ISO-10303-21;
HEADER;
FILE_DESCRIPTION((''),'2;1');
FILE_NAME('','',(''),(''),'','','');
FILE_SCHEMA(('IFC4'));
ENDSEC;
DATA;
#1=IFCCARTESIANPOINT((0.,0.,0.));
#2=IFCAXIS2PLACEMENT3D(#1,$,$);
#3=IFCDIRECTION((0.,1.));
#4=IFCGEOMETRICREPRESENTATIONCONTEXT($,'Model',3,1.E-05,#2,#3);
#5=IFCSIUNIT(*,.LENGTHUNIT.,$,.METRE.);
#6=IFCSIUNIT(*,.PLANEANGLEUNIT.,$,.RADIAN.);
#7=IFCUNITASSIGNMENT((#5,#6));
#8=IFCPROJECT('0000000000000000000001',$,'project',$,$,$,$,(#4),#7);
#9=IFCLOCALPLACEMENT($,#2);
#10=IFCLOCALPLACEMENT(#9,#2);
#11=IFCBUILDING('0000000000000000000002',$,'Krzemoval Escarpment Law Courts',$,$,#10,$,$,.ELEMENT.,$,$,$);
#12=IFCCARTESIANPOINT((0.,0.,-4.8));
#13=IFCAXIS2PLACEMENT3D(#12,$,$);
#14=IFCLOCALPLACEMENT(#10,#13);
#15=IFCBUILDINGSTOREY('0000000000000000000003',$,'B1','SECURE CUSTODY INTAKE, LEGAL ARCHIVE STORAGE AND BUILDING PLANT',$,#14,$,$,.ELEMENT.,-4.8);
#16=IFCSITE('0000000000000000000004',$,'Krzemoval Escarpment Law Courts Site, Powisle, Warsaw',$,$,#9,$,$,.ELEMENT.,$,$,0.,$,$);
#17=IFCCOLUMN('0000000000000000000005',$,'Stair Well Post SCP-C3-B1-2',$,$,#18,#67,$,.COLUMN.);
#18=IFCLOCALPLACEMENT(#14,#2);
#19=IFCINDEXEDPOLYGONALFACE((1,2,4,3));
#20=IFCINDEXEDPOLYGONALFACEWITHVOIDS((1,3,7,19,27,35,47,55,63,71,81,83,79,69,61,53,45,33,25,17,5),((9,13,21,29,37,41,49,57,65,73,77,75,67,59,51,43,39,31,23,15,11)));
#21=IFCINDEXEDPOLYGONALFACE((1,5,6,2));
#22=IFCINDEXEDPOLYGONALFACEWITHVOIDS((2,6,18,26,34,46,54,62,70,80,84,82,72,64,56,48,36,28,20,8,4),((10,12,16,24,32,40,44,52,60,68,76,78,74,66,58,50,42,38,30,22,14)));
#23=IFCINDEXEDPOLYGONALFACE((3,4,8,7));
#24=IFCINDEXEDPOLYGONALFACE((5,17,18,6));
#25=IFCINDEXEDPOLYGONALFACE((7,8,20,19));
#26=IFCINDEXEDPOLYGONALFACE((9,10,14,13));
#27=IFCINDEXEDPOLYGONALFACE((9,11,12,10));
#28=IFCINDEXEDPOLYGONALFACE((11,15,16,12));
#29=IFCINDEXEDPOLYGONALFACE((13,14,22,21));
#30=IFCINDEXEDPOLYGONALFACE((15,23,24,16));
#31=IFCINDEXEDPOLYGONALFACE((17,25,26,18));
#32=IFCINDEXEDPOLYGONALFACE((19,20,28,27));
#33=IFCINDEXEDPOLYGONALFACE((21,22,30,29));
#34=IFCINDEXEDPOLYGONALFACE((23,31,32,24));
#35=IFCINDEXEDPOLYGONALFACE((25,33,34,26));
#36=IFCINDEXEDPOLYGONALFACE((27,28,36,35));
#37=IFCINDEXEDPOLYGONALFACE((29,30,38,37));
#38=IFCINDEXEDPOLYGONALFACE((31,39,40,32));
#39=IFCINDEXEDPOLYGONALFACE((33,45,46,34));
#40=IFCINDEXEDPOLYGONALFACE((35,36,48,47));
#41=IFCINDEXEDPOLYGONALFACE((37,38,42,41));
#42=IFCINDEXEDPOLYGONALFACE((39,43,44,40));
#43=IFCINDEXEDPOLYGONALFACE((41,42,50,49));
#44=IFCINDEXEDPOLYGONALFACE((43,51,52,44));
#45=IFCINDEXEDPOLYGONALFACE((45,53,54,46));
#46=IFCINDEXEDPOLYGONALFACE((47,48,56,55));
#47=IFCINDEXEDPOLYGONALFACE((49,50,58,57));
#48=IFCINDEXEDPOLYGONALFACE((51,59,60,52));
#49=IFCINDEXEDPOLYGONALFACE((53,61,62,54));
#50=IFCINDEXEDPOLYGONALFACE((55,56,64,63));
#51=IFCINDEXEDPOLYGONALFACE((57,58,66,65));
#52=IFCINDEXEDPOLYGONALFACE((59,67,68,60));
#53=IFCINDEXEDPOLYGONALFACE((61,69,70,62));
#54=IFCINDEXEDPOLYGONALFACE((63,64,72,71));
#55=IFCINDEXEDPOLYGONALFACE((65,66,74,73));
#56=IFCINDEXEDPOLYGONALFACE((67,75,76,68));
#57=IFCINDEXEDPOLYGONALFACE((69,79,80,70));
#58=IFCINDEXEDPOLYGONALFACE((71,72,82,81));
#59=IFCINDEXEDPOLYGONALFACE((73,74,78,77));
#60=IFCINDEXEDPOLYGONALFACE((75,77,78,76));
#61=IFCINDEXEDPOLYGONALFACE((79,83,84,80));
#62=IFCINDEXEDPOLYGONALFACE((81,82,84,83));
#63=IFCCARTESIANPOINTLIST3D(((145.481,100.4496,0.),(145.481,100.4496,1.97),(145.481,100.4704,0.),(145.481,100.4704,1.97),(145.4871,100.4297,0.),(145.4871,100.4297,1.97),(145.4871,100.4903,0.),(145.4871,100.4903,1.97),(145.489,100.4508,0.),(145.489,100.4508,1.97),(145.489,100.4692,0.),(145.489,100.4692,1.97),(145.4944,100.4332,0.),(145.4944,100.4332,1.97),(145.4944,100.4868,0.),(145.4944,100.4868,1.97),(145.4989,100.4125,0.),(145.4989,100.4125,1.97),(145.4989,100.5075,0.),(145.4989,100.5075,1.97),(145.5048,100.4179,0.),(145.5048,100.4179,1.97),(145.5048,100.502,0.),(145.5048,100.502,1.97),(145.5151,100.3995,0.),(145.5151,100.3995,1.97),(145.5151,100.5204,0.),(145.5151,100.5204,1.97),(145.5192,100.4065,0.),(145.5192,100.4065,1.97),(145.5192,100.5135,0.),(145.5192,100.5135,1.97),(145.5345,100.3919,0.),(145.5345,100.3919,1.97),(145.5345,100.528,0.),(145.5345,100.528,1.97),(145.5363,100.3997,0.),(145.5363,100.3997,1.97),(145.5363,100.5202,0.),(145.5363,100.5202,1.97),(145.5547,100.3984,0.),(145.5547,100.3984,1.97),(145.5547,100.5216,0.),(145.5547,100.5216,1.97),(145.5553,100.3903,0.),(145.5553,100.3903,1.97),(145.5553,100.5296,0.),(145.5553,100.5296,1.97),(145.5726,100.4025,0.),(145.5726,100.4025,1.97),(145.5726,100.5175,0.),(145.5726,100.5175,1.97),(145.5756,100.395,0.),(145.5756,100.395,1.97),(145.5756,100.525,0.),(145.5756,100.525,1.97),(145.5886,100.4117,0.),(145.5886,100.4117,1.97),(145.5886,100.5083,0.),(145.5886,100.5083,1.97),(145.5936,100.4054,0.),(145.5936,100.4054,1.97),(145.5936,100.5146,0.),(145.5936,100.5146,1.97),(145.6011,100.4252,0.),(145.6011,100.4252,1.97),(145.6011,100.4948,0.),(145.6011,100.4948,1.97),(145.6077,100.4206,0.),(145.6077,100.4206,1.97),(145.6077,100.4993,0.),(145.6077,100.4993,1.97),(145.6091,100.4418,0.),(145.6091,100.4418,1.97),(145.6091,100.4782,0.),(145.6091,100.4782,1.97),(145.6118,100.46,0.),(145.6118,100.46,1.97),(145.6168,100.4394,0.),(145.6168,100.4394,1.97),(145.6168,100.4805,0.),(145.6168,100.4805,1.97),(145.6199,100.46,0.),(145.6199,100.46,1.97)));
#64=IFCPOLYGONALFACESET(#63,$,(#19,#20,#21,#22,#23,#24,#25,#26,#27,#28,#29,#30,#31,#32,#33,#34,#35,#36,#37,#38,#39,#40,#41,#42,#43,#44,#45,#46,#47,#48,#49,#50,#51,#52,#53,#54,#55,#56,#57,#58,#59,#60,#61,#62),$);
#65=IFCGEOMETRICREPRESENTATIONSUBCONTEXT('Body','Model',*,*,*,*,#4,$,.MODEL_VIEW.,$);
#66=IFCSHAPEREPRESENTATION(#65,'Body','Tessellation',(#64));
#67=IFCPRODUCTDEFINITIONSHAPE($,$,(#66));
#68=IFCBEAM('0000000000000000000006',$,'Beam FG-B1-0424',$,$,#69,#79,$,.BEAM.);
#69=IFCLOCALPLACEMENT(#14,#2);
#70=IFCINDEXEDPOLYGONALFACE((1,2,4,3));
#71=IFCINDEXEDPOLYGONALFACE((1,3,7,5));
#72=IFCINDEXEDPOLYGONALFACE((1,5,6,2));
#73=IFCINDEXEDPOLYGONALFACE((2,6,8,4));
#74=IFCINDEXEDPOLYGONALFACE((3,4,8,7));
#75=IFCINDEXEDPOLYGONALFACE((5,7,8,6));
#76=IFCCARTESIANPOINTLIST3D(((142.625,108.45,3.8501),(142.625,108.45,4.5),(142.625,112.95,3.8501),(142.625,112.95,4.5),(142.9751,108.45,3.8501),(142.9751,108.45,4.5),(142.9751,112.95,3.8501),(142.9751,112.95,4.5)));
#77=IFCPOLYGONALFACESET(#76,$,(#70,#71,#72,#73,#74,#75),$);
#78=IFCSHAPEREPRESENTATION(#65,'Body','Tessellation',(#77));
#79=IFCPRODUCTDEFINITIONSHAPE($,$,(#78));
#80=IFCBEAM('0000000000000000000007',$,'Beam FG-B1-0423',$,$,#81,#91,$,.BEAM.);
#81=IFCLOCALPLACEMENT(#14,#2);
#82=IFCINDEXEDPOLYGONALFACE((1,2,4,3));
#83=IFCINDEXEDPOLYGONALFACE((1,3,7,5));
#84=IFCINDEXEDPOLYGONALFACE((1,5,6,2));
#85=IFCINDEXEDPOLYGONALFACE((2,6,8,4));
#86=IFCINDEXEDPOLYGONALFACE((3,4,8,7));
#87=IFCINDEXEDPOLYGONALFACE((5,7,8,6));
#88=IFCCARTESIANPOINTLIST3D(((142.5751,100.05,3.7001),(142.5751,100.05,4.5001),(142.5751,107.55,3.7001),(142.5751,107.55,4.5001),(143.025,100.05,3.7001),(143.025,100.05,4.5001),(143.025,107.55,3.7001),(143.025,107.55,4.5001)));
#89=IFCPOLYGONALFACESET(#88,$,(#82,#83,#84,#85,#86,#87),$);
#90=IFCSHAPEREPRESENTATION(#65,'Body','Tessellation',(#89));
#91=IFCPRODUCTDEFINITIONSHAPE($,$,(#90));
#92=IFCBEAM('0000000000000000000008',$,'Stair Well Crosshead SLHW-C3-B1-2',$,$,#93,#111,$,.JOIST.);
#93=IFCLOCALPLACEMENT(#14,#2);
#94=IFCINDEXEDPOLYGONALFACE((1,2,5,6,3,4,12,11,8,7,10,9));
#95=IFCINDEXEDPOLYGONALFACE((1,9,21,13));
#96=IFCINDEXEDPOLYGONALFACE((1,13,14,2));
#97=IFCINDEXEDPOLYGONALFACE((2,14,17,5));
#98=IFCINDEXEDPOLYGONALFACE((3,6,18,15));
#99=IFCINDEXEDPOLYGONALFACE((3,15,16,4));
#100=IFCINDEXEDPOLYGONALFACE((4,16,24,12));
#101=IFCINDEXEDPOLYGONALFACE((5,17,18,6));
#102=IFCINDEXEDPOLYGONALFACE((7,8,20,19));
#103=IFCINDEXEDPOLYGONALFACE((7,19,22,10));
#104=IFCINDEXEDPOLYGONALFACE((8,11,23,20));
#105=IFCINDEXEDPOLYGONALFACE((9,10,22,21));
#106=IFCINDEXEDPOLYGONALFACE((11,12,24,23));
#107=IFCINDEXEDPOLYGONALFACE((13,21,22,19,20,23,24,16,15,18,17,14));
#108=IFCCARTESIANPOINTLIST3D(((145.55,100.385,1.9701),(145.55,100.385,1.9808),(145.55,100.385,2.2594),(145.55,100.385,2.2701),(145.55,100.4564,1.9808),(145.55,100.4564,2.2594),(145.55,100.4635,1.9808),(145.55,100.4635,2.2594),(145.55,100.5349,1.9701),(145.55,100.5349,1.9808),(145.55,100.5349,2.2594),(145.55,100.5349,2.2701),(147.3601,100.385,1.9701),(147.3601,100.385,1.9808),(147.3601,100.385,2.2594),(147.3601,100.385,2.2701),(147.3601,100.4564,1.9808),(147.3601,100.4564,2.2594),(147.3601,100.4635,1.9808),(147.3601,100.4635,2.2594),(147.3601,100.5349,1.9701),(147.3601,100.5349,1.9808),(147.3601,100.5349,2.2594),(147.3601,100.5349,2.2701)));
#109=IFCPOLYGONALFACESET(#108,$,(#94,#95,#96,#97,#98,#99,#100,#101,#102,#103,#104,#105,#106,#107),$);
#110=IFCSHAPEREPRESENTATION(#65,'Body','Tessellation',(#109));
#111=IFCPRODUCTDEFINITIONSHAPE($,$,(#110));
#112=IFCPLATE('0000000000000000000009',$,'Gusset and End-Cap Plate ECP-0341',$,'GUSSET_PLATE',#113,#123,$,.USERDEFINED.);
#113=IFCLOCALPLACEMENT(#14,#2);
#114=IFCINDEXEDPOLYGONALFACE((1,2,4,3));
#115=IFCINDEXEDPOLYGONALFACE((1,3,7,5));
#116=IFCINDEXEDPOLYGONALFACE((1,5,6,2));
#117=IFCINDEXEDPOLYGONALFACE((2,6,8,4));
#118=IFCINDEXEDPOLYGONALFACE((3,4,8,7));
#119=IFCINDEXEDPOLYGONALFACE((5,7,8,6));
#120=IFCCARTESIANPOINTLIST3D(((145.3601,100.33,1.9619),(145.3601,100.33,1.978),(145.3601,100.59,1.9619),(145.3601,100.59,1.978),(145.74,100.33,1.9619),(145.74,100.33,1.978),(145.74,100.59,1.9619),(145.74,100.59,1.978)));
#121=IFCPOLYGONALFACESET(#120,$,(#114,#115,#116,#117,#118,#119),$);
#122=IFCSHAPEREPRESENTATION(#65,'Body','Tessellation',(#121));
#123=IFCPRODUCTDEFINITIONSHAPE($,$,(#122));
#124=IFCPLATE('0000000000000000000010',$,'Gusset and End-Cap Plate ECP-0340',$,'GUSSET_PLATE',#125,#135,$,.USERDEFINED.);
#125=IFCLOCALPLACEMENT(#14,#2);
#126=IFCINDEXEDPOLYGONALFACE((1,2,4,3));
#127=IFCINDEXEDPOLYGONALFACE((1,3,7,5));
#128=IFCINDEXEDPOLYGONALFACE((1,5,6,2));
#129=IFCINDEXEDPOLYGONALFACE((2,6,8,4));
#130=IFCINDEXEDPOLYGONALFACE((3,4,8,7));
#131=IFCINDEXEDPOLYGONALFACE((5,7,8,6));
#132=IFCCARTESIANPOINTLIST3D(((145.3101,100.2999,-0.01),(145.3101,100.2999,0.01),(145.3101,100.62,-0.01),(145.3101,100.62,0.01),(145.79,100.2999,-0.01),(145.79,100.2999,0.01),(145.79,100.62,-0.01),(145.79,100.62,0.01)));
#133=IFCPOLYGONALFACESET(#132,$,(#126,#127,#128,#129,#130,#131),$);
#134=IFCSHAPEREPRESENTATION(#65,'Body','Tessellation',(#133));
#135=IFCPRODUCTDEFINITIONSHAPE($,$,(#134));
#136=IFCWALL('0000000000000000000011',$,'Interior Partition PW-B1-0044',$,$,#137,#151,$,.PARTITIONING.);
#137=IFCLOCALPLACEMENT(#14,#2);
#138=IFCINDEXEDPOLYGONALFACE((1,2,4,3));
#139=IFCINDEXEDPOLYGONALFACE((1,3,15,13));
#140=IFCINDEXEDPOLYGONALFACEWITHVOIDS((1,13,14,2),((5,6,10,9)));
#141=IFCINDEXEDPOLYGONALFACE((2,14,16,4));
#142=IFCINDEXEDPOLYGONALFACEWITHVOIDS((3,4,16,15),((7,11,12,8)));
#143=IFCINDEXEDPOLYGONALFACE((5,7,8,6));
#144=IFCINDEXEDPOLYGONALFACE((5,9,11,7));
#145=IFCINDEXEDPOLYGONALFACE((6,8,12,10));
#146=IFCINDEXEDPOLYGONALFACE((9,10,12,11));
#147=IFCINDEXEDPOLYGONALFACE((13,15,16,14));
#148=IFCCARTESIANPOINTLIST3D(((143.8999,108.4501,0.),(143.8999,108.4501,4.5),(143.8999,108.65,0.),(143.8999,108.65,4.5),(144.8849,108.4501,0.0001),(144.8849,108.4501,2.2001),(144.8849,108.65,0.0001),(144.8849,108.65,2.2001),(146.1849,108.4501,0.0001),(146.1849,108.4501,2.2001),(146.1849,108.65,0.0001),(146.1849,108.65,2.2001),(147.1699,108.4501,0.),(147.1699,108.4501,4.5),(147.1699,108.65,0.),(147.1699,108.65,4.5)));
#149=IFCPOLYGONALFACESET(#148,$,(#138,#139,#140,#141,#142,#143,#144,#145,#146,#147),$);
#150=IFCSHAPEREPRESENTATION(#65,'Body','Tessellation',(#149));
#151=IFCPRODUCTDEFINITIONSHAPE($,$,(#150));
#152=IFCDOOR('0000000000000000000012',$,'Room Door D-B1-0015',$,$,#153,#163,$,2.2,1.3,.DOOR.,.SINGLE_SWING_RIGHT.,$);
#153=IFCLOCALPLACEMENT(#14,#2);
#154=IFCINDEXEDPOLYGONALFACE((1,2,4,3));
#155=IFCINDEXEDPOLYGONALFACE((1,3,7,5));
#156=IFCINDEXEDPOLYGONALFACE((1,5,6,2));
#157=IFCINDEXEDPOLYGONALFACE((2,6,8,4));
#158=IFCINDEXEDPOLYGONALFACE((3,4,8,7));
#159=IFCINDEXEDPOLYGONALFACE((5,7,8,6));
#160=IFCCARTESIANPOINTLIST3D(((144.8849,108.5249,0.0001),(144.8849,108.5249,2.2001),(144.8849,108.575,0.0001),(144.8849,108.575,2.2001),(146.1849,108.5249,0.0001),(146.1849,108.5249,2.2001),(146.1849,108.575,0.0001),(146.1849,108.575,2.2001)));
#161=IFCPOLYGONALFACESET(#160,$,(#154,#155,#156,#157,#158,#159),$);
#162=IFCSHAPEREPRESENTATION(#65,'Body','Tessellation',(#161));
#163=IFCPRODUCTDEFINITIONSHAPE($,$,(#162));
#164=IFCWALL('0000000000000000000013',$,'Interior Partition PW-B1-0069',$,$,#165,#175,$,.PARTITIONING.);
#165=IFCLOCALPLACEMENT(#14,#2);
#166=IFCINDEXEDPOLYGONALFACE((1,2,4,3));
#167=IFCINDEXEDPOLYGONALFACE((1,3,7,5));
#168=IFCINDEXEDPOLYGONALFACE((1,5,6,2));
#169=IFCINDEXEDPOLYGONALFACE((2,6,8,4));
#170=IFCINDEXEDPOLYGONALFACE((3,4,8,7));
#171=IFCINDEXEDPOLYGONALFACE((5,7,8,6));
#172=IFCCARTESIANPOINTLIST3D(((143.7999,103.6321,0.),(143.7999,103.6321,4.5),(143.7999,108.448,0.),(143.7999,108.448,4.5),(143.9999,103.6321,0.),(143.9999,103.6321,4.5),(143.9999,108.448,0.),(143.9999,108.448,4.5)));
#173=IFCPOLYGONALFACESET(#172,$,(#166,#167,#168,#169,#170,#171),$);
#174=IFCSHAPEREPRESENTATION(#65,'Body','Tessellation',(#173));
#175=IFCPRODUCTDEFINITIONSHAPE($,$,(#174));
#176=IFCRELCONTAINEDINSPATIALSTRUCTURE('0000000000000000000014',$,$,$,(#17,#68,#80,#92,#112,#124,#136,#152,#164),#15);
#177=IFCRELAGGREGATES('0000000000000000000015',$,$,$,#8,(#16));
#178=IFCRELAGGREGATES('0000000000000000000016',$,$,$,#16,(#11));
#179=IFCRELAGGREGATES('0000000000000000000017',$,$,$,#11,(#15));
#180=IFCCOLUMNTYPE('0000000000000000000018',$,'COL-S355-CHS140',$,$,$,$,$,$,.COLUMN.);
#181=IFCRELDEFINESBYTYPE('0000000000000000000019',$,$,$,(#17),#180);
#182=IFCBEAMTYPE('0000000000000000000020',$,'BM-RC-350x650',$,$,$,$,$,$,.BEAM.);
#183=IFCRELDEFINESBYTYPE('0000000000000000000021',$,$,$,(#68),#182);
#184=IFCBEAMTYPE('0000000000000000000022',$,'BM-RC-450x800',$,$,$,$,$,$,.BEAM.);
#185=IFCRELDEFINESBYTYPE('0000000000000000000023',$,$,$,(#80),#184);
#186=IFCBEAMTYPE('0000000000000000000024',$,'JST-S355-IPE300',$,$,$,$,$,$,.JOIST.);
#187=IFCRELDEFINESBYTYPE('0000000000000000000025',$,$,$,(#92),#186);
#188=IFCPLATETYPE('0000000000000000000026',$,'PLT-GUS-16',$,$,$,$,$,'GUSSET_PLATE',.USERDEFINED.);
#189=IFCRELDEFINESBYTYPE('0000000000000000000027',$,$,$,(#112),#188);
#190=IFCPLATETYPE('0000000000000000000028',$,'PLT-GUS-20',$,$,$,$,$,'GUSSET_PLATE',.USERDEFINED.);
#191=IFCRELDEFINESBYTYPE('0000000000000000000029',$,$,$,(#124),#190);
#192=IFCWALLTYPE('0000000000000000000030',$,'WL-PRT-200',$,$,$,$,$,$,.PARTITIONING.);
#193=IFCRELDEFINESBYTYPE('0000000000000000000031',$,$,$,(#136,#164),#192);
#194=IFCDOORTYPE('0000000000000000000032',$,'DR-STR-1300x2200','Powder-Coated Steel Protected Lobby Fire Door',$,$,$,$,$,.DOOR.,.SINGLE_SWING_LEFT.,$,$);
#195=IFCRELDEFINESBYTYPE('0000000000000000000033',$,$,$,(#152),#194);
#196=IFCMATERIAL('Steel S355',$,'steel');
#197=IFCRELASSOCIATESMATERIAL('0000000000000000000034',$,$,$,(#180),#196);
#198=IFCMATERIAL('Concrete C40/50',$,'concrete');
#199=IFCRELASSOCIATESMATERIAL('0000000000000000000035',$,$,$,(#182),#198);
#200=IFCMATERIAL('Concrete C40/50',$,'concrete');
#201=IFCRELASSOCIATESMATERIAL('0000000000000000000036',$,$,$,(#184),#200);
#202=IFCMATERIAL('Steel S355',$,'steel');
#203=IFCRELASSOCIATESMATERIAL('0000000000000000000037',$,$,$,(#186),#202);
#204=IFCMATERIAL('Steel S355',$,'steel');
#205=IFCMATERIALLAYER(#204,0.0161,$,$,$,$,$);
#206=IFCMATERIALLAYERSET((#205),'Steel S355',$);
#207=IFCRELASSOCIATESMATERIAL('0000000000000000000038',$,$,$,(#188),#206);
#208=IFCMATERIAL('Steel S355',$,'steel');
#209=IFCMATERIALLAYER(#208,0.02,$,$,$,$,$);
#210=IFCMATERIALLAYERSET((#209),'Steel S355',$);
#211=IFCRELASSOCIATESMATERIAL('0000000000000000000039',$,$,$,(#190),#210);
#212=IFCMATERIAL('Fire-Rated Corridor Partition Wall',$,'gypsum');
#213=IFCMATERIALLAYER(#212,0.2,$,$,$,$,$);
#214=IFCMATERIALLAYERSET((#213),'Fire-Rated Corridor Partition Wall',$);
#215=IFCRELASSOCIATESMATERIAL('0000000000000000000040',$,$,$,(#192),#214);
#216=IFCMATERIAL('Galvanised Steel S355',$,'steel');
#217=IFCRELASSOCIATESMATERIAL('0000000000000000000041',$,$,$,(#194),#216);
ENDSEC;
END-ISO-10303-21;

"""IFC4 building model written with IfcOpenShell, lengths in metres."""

from ifc_helpers import new_model, si_unit, direction, frame, frame_2d, origin, origin_2d, place, context, subcontext, project, spatial, rectangle, hollow_circle, i_section, extrude, material, layer, layer_set, material_profile, profile_set, type_object, element, fill, save


model = new_model("IFC4")

# Units and contexts
model_context = context("Model", 3, precision=1e-05, world=origin(), true_north=direction((0.0, 1.0)))
body_context = subcontext(model_context, "Body", "Model", "MODEL_VIEW")
ifc_project = project(units=[si_unit("LENGTHUNIT", "METRE"), si_unit("PLANEANGLEUNIT", "RADIAN")], contexts=[model_context])

# Site, building, storey
site_placement = place(None, origin())
site = spatial("IfcSite", under=ifc_project, at=site_placement, Name="Krzemoval Escarpment Law Courts Site, Powisle, Warsaw", CompositionType="ELEMENT", RefElevation=0.0)
building_placement = place(site_placement, origin())
building = spatial("IfcBuilding", under=site, at=building_placement, Name="Krzemoval Escarpment Law Courts", CompositionType="ELEMENT")
storey_placement = place(building_placement, frame((0.0, 0.0, -4.8)))
storey = spatial("IfcBuildingStorey", under=building, at=storey_placement, Name="B1", Description="SECURE CUSTODY INTAKE, LEGAL ARCHIVE STORAGE AND BUILDING PLANT", CompositionType="ELEMENT", Elevation=-4.8)

# Column
ifc_material_1 = material(Name="Steel S355", Category="steel")
ifc_material_profile_1 = material_profile(ifc_material_1, hollow_circle(Radius=0.0698, WallThickness=0.0081, at=origin_2d()), Name="CHS 139.7x8")
ifc_profile_set_1 = profile_set([ifc_material_profile_1], Name="Steel S355")
column_type_1 = type_object("IfcColumnType", Name="COL-S355-CHS140", PredefinedType="COLUMN", material=ifc_profile_set_1)
column_1_placement = place(storey_placement, frame((145.55, 100.46, 0.0), z_axis=(0.0, 0.0, 1.0), x_axis=(1.0, 0.0, 0.0)))
element("IfcColumn", 1, at=column_1_placement, inside=storey, type_object=column_type_1, Name="Stair Well Post SCP-C3-B1-2", PredefinedType="COLUMN", context=body_context, shape_type="SweptSolid", body=[
    extrude(hollow_circle(Radius=0.0698, WallThickness=0.0081, at=origin_2d()), origin(), (0.0, 0.0, 1.0), 1.97),
])

# Beams
ifc_material_2 = material(Name="Concrete C40/50", Category="concrete")
ifc_material_profile_2 = material_profile(ifc_material_2, rectangle(XDim=0.3501, YDim=0.6499, at=origin_2d()), Name="RCB 350x650")
ifc_profile_set_2 = profile_set([ifc_material_profile_2], Name="Concrete C40/50")
beam_type_1 = type_object("IfcBeamType", Name="BM-RC-350x650", PredefinedType="BEAM", material=ifc_profile_set_2)
beam_1_placement = place(storey_placement, frame((142.8, 108.45, 4.175), z_axis=(0.0, 1.0, 0.0), x_axis=(-1.0, 0.0, 0.0)))
element("IfcBeam", 2, at=beam_1_placement, inside=storey, type_object=beam_type_1, Name="Beam FG-B1-0424", PredefinedType="BEAM", context=body_context, shape_type="SweptSolid", body=[
    extrude(rectangle(XDim=0.3501, YDim=0.6499, at=origin_2d()), origin(), (0.0, 0.0, 1.0), 4.5),
])
ifc_material_3 = material(Name="Concrete C40/50", Category="concrete")
ifc_material_profile_3 = material_profile(ifc_material_3, rectangle(XDim=0.45, YDim=0.8, at=origin_2d()), Name="RCB 450x800")
ifc_profile_set_3 = profile_set([ifc_material_profile_3], Name="Concrete C40/50")
beam_type_2 = type_object("IfcBeamType", Name="BM-RC-450x800", PredefinedType="BEAM", material=ifc_profile_set_3)
beam_2_placement = place(storey_placement, frame((142.8, 100.05, 4.1001), z_axis=(0.0, 1.0, 0.0), x_axis=(-1.0, 0.0, 0.0)))
element("IfcBeam", 3, at=beam_2_placement, inside=storey, type_object=beam_type_2, Name="Beam FG-B1-0423", PredefinedType="BEAM", context=body_context, shape_type="SweptSolid", body=[
    extrude(rectangle(XDim=0.45, YDim=0.8, at=origin_2d()), origin(), (0.0, 0.0, 1.0), 7.5),
])
ifc_material_4 = material(Name="Steel S355", Category="steel")
ifc_material_profile_4 = material_profile(ifc_material_4, i_section(OverallWidth=0.1499, OverallDepth=0.3, WebThickness=0.0071, FlangeThickness=0.0107, at=origin_2d()), Name="IPE 300")
ifc_profile_set_4 = profile_set([ifc_material_profile_4], Name="Steel S355")
beam_type_3 = type_object("IfcBeamType", Name="JST-S355-IPE300", PredefinedType="JOIST", material=ifc_profile_set_4)
beam_3_placement = place(storey_placement, frame((145.55, 100.46, 2.1201), z_axis=(1.0, 0.0, 0.0), x_axis=(0.0, 1.0, 0.0)))
element("IfcBeam", 4, at=beam_3_placement, inside=storey, type_object=beam_type_3, Name="Stair Well Crosshead SLHW-C3-B1-2", PredefinedType="JOIST", context=body_context, shape_type="SweptSolid", body=[
    extrude(i_section(OverallWidth=0.1499, OverallDepth=0.3, WebThickness=0.0071, FlangeThickness=0.0107, at=origin_2d()), origin(), (0.0, 0.0, 1.0), 1.8101),
])

# Plates
ifc_material_5 = material(Name="Steel S355", Category="steel")
ifc_layer_1 = layer(ifc_material_5, 0.0161)
ifc_layer_set_1 = layer_set([ifc_layer_1], Name="Steel S355")
plate_type_1 = type_object("IfcPlateType", Name="PLT-GUS-16", ElementType="GUSSET_PLATE", PredefinedType="USERDEFINED", material=ifc_layer_set_1)
plate_1_placement = place(storey_placement, frame((145.55, 100.46, 1.9619), z_axis=(0.0, 0.0, 1.0), x_axis=(1.0, 0.0, 0.0)))
element("IfcPlate", 5, at=plate_1_placement, inside=storey, type_object=plate_type_1, Name="Gusset and End-Cap Plate ECP-0341", ObjectType="GUSSET_PLATE", PredefinedType="USERDEFINED", context=body_context, shape_type="SweptSolid", body=[
    extrude(rectangle(XDim=0.3799, YDim=0.26, at=origin_2d()), origin(), (0.0, 0.0, 1.0), 0.0161),
])
ifc_material_6 = material(Name="Steel S355", Category="steel")
ifc_layer_2 = layer(ifc_material_6, 0.02)
ifc_layer_set_2 = layer_set([ifc_layer_2], Name="Steel S355")
plate_type_2 = type_object("IfcPlateType", Name="PLT-GUS-20", ElementType="GUSSET_PLATE", PredefinedType="USERDEFINED", material=ifc_layer_set_2)
plate_2_placement = place(storey_placement, frame((145.55, 100.46, -0.01), z_axis=(0.0, 0.0, 1.0), x_axis=(1.0, 0.0, 0.0)))
element("IfcPlate", 6, at=plate_2_placement, inside=storey, type_object=plate_type_2, Name="Gusset and End-Cap Plate ECP-0340", ObjectType="GUSSET_PLATE", PredefinedType="USERDEFINED", context=body_context, shape_type="SweptSolid", body=[
    extrude(rectangle(XDim=0.48, YDim=0.3201, at=origin_2d()), origin(), (0.0, 0.0, 1.0), 0.02),
])

# Wall, opening, door
ifc_material_7 = material(Name="Fire-Rated Corridor Partition Wall", Category="gypsum")
ifc_layer_3 = layer(ifc_material_7, 0.2)
ifc_layer_set_3 = layer_set([ifc_layer_3], Name="Fire-Rated Corridor Partition Wall")
wall_type_1 = type_object("IfcWallType", Name="WL-PRT-200", PredefinedType="PARTITIONING", material=ifc_layer_set_3)
wall_1_placement = place(storey_placement, frame((143.8999, 108.55, 0.0), z_axis=(0.0, 0.0, 1.0), x_axis=(1.0, 0.0, 0.0)))
wall_1 = element("IfcWall", 7, at=wall_1_placement, inside=storey, type_object=wall_type_1, Name="Interior Partition PW-B1-0044", PredefinedType="PARTITIONING", context=body_context, shape_type="SweptSolid", body=[
    extrude(rectangle(XDim=3.27, YDim=0.2, at=frame_2d((1.635, 0.0))), origin(), (0.0, 0.0, 1.0), 4.5),
])
opening_1_placement = place(wall_1_placement, frame((0.9851, 0.0, 0.0)))
opening_1 = element("IfcOpeningElement", 8, at=opening_1_placement, cuts=wall_1, PredefinedType="OPENING", context=body_context, shape_type="SweptSolid", body=[
    extrude(rectangle(XDim=1.3, YDim=2.2, at=frame_2d((0.6499, 1.1001))), frame((0.0, 0.115, 0.0), z_axis=(0.0, -1.0, 0.0), x_axis=(1.0, 0.0, 0.0)), (0.0, 0.0, 1.0), 0.2299),
])
ifc_material_8 = material(Name="Galvanised Steel S355", Category="steel")
door_type_1 = type_object("IfcDoorType", Name="DR-STR-1300x2200", Description="Powder-Coated Steel Protected Lobby Fire Door", OperationType="SINGLE_SWING_LEFT", PredefinedType="DOOR", material=ifc_material_8)
door_1_placement = place(opening_1_placement, origin())
door_1 = element("IfcDoor", 9, at=door_1_placement, inside=storey, type_object=door_type_1, Name="Room Door D-B1-0015", OperationType="SINGLE_SWING_RIGHT", OverallHeight=2.2, OverallWidth=1.3, PredefinedType="DOOR", context=body_context, shape_type="SweptSolid", body=[
    extrude(rectangle(XDim=1.3, YDim=2.2, at=frame_2d((0.6499, 1.1001))), frame((0.0, 0.0249, 0.0), z_axis=(0.0, -1.0, 0.0), x_axis=(1.0, 0.0, 0.0)), (0.0, 0.0, 1.0), 0.05),
])
fill(opening_1, door_1)

# Wall
wall_2_placement = place(storey_placement, frame((143.8999, 103.6321, 0.0), z_axis=(0.0, 0.0, 1.0), x_axis=(0.0, 1.0, 0.0)))
element("IfcWall", 10, at=wall_2_placement, inside=storey, type_object=wall_type_1, Name="Interior Partition PW-B1-0069", PredefinedType="PARTITIONING", context=body_context, shape_type="SweptSolid", body=[
    extrude(rectangle(XDim=4.8159, YDim=0.2, at=frame_2d((2.408, 0.0))), origin(), (0.0, 0.0, 1.0), 4.5),
])

save(model, "model.ifc")
